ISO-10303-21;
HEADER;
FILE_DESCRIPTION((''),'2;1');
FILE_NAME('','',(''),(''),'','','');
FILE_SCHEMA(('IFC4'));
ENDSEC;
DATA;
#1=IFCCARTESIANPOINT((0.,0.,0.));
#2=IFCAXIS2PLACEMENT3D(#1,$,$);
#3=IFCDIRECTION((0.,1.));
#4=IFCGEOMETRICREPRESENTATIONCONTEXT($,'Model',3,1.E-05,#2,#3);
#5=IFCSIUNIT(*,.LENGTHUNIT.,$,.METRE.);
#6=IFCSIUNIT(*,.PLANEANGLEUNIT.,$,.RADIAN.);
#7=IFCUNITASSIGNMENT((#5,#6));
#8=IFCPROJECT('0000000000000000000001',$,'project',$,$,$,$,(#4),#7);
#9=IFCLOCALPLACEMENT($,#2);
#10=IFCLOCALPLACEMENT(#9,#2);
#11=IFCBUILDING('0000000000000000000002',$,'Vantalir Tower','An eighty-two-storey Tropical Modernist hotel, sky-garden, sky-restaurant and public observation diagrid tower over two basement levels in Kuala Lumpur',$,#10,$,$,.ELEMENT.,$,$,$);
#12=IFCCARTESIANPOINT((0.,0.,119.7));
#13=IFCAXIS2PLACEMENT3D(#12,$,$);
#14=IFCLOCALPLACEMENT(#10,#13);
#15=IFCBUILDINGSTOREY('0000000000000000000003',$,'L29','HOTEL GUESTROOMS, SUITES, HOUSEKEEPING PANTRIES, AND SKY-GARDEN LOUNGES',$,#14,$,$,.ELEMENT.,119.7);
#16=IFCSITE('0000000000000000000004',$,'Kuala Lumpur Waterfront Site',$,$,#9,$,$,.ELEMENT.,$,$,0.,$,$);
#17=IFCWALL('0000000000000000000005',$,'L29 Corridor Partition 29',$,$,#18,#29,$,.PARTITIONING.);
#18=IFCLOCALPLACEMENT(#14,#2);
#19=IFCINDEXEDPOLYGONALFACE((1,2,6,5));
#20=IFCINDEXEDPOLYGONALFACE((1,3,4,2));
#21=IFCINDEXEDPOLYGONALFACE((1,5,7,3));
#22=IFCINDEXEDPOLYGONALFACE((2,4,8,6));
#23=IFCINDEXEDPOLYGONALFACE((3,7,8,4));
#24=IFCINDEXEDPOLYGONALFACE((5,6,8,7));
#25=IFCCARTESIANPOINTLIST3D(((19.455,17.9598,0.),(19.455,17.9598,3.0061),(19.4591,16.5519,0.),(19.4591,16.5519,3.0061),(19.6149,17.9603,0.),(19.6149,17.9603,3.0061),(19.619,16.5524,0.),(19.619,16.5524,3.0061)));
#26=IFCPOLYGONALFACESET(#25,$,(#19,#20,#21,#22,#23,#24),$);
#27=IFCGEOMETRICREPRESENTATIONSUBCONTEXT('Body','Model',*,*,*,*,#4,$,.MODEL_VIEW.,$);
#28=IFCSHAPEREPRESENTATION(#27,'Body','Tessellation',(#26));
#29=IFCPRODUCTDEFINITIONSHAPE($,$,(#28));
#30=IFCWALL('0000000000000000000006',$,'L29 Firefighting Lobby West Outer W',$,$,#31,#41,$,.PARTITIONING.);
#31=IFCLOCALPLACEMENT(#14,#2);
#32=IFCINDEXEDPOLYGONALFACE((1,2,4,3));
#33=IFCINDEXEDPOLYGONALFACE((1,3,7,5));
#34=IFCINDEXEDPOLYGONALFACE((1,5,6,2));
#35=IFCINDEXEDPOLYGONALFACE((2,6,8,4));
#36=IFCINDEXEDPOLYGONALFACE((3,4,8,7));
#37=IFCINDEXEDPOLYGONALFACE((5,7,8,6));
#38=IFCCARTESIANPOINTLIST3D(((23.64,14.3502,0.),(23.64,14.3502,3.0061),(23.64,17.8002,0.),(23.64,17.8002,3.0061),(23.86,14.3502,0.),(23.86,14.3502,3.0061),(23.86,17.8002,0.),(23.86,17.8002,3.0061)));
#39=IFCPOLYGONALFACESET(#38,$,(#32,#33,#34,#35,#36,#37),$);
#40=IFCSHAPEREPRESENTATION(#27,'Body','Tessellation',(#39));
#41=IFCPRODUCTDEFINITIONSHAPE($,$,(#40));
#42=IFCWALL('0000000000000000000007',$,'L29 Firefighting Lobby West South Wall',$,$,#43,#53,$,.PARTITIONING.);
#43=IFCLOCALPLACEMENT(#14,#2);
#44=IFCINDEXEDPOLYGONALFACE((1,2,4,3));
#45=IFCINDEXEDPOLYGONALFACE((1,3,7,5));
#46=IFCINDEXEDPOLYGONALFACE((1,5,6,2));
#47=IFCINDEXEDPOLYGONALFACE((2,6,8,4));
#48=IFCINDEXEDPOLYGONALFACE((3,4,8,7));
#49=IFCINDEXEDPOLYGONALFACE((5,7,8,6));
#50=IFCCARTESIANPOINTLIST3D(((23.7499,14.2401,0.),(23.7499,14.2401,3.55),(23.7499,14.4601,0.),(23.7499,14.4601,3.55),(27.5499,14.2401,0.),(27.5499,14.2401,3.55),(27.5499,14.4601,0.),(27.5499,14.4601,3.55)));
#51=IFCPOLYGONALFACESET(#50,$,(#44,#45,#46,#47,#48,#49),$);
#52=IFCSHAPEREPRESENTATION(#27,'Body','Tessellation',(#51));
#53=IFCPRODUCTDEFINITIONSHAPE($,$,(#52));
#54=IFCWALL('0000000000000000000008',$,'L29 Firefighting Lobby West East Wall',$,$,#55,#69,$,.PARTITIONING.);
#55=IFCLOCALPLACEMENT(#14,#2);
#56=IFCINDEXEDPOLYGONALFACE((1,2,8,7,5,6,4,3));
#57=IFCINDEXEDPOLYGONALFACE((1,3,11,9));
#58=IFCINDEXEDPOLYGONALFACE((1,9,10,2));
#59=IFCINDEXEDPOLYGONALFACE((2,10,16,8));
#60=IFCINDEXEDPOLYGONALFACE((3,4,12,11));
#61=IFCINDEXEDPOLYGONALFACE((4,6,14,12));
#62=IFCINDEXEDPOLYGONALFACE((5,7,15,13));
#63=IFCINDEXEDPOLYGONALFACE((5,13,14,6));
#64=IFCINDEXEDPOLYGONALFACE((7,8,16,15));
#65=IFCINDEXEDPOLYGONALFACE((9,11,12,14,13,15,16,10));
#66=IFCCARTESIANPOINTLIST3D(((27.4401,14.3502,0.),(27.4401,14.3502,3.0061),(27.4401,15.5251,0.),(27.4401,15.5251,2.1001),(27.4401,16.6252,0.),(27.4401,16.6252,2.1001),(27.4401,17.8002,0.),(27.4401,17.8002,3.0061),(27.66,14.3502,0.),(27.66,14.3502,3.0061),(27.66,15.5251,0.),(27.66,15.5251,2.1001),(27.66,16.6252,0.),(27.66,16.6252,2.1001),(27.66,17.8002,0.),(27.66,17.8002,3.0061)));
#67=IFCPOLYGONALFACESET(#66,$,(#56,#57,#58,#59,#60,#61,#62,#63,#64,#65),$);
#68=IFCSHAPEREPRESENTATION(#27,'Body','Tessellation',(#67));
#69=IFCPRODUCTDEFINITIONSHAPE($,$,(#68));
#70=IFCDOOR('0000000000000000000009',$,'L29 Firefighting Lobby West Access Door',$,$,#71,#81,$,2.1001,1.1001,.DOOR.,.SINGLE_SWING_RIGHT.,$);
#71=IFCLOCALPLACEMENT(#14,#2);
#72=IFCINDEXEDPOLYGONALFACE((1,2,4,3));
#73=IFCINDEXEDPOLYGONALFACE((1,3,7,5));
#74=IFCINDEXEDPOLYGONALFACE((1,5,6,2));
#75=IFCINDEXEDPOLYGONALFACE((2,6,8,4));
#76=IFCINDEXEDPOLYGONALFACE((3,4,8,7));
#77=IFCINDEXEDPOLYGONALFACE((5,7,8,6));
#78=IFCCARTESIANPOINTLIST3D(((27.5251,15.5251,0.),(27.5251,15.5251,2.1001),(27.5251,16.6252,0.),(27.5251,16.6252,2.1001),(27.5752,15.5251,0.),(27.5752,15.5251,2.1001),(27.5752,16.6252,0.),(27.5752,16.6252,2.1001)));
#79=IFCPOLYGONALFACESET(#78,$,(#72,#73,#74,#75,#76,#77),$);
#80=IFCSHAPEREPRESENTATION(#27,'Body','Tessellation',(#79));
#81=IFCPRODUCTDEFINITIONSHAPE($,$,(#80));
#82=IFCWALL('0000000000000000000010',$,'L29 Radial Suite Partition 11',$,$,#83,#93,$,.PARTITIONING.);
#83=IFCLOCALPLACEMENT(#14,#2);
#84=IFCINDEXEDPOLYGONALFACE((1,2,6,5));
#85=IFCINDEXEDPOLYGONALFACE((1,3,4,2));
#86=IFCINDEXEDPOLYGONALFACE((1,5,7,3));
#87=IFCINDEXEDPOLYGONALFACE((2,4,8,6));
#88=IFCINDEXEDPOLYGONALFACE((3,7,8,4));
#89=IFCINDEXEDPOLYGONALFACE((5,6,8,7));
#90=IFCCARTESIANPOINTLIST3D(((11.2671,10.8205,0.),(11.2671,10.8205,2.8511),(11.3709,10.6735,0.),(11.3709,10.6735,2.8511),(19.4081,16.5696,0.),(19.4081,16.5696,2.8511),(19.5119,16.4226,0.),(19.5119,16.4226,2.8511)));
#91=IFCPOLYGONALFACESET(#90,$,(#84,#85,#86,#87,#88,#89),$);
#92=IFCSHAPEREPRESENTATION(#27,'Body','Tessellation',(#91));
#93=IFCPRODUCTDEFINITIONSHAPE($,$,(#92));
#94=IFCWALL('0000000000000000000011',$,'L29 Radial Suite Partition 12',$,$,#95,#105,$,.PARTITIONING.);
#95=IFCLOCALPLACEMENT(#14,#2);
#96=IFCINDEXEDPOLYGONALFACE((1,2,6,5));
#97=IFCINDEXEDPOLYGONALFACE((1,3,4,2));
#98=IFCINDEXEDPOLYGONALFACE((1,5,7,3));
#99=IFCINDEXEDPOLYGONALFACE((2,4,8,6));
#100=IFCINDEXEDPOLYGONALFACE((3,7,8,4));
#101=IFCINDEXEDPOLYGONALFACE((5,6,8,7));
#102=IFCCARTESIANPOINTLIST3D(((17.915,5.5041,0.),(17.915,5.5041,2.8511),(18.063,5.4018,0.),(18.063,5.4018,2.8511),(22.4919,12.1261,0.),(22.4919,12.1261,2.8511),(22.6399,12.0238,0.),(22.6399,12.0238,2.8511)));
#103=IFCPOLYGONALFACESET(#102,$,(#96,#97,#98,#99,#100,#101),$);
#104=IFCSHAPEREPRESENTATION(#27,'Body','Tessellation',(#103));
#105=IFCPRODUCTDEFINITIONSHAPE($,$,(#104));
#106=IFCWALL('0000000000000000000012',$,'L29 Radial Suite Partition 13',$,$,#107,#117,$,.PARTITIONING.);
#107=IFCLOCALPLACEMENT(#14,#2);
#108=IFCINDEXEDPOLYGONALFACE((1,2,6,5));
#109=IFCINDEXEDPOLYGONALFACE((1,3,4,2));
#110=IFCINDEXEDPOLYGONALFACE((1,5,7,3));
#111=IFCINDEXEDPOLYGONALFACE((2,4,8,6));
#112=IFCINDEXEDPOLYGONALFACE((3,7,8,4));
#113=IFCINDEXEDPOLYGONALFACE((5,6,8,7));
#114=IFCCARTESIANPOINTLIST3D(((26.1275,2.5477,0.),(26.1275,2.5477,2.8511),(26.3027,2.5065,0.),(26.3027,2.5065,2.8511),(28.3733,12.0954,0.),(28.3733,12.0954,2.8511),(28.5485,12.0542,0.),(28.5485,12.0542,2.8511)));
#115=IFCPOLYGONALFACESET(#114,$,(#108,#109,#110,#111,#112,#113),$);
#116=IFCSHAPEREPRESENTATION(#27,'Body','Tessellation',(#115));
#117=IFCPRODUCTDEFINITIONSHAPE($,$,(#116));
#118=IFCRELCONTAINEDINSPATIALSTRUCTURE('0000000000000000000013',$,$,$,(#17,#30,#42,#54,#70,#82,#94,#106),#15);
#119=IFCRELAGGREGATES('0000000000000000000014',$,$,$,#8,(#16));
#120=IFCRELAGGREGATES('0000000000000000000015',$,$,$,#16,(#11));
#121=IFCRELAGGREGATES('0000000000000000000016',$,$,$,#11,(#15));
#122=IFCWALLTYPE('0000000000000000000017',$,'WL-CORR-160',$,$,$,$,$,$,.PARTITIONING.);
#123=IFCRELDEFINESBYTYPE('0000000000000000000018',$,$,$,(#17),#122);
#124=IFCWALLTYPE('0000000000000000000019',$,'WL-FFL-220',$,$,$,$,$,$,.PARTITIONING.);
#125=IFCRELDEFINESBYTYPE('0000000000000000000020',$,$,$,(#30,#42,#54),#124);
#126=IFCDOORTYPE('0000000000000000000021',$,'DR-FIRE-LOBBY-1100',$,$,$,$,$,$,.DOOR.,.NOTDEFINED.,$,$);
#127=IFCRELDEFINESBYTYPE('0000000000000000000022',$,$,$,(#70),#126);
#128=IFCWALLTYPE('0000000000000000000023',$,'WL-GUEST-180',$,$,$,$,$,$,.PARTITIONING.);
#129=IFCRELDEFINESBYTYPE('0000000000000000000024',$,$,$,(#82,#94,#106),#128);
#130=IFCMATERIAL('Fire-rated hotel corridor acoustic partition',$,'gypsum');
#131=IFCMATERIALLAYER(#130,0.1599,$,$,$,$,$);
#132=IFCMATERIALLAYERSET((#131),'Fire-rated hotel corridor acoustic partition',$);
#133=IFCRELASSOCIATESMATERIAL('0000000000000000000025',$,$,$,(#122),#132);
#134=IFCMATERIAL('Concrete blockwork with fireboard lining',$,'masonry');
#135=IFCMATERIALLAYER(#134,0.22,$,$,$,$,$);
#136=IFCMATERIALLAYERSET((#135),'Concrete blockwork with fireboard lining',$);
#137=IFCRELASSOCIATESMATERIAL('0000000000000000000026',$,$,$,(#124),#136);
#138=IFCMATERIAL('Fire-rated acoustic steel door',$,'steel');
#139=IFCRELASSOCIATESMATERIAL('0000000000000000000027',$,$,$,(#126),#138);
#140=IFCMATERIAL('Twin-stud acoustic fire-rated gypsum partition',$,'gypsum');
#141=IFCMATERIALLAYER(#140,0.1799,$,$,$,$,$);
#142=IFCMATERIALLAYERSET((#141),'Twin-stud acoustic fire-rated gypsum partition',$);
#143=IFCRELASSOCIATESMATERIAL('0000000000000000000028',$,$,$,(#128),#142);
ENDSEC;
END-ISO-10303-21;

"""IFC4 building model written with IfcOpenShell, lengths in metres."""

from ifc_helpers import new_model, si_unit, direction, frame, frame_2d, origin, place, context, subcontext, project, spatial, rectangle, extrude, material, layer, layer_set, type_object, element, fill, save


model = new_model("IFC4")

# Units and contexts
model_context = context("Model", 3, precision=1e-05, world=origin(), true_north=direction((0.0, 1.0)))
body_context = subcontext(model_context, "Body", "Model", "MODEL_VIEW")
ifc_project = project(units=[si_unit("LENGTHUNIT", "METRE"), si_unit("PLANEANGLEUNIT", "RADIAN")], contexts=[model_context])

# Site, building, storey
site_placement = place(None, origin())
site = spatial("IfcSite", under=ifc_project, at=site_placement, Name="Kuala Lumpur Waterfront Site", CompositionType="ELEMENT", RefElevation=0.0)
building_placement = place(site_placement, origin())
building = spatial("IfcBuilding", under=site, at=building_placement, Name="Vantalir Tower", Description="An eighty-two-storey Tropical Modernist hotel, sky-garden, sky-restaurant and public observation diagrid tower over two basement levels in Kuala Lumpur", CompositionType="ELEMENT")
storey_placement = place(building_placement, frame((0.0, 0.0, 119.7)))
storey = spatial("IfcBuildingStorey", under=building, at=storey_placement, Name="L29", Description="HOTEL GUESTROOMS, SUITES, HOUSEKEEPING PANTRIES, AND SKY-GARDEN LOUNGES", CompositionType="ELEMENT", Elevation=119.7)

# Shared definitions
ifc_material_1 = material(Name="Fire-rated hotel corridor acoustic partition", Category="gypsum")
ifc_layer_1 = layer(ifc_material_1, 0.1599)
ifc_layer_set_1 = layer_set([ifc_layer_1], Name="Fire-rated hotel corridor acoustic partition")
wall_type_1 = type_object("IfcWallType", Name="WL-CORR-160", PredefinedType="PARTITIONING", material=ifc_layer_set_1)

# Walls
wall_1_placement = place(storey_placement, frame((19.5391, 16.552, 0.0), z_axis=(0.0, 0.0, 1.0), x_axis=(-0.002948, 0.999996, 0.0)))
element("IfcWall", 1, at=wall_1_placement, inside=storey, type_object=wall_type_1, Name="L29 Corridor Partition 29", PredefinedType="PARTITIONING", context=body_context, shape_type="SweptSolid", body=[
    extrude(rectangle(XDim=1.408, YDim=0.1599, at=frame_2d((0.7041, 0.0))), origin(), (0.0, 0.0, 1.0), 3.0061),
])
ifc_material_2 = material(Name="Concrete blockwork with fireboard lining", Category="masonry")
ifc_layer_2 = layer(ifc_material_2, 0.22)
ifc_layer_set_2 = layer_set([ifc_layer_2], Name="Concrete blockwork with fireboard lining")
wall_type_2 = type_object("IfcWallType", Name="WL-FFL-220", PredefinedType="PARTITIONING", material=ifc_layer_set_2)
wall_2_placement = place(storey_placement, frame((23.75, 14.3501, 0.0), z_axis=(0.0, 0.0, 1.0), x_axis=(0.0, 1.0, 0.0)))
element("IfcWall", 2, at=wall_2_placement, inside=storey, type_object=wall_type_2, Name="L29 Firefighting Lobby West Outer W", PredefinedType="PARTITIONING", context=body_context, shape_type="SweptSolid", body=[
    extrude(rectangle(XDim=3.45, YDim=0.22, at=frame_2d((1.7251, 0.0))), origin(), (0.0, 0.0, 1.0), 3.0061),
])
wall_3_placement = place(storey_placement, frame((23.75, 14.3501, 0.0), z_axis=(0.0, 0.0, 1.0), x_axis=(1.0, 0.0, 0.0)))
element("IfcWall", 3, at=wall_3_placement, inside=storey, type_object=wall_type_2, Name="L29 Firefighting Lobby West South Wall", PredefinedType="PARTITIONING", context=body_context, shape_type="SweptSolid", body=[
    extrude(rectangle(XDim=3.8, YDim=0.22, at=frame_2d((1.8999, 0.0))), origin(), (0.0, 0.0, 1.0), 3.55),
])

# Wall, opening, door
wall_4_placement = place(storey_placement, frame((27.55, 14.3501, 0.0), z_axis=(0.0, 0.0, 1.0), x_axis=(0.0, 1.0, 0.0)))
wall_4 = element("IfcWall", 4, at=wall_4_placement, inside=storey, type_object=wall_type_2, Name="L29 Firefighting Lobby West East Wall", PredefinedType="PARTITIONING", context=body_context, shape_type="SweptSolid", body=[
    extrude(rectangle(XDim=3.45, YDim=0.22, at=frame_2d((1.7251, 0.0))), origin(), (0.0, 0.0, 1.0), 3.0061),
])
opening_1_placement = place(wall_4_placement, frame((1.175, 0.0, 0.0)))
opening_1 = element("IfcOpeningElement", 5, at=opening_1_placement, cuts=wall_4, PredefinedType="OPENING", context=body_context, shape_type="SweptSolid", body=[
    extrude(rectangle(XDim=1.1001, YDim=2.1001, at=frame_2d((0.55, 1.05))), frame((0.0, 0.1199, 0.0), z_axis=(0.0, -1.0, 0.0), x_axis=(1.0, 0.0, 0.0)), (0.0, 0.0, 1.0), 0.24),
])
ifc_material_3 = material(Name="Fire-rated acoustic steel door", Category="steel")
door_type_1 = type_object("IfcDoorType", Name="DR-FIRE-LOBBY-1100", OperationType="NOTDEFINED", PredefinedType="DOOR", material=ifc_material_3)
door_1_placement = place(opening_1_placement, origin())
door_1 = element("IfcDoor", 6, at=door_1_placement, inside=storey, type_object=door_type_1, Name="L29 Firefighting Lobby West Access Door", OperationType="SINGLE_SWING_RIGHT", OverallHeight=2.1001, OverallWidth=1.1001, PredefinedType="DOOR", context=body_context, shape_type="SweptSolid", body=[
    extrude(rectangle(XDim=1.1001, YDim=2.1001, at=frame_2d((0.55, 1.05))), frame((0.0, 0.0249, 0.0), z_axis=(0.0, -1.0, 0.0), x_axis=(1.0, 0.0, 0.0)), (0.0, 0.0, 1.0), 0.05),
])
fill(opening_1, door_1)

# Walls
ifc_material_4 = material(Name="Twin-stud acoustic fire-rated gypsum partition", Category="gypsum")
ifc_layer_3 = layer(ifc_material_4, 0.1799)
ifc_layer_set_3 = layer_set([ifc_layer_3], Name="Twin-stud acoustic fire-rated gypsum partition")
wall_type_3 = type_object("IfcWallType", Name="WL-GUEST-180", PredefinedType="PARTITIONING", material=ifc_layer_set_3)
wall_5_placement = place(storey_placement, frame((19.46, 16.4961, 0.0), z_axis=(0.0, 0.0, 1.0), x_axis=(-0.816848, -0.576852, 0.0)))
element("IfcWall", 7, at=wall_5_placement, inside=storey, type_object=wall_type_3, Name="L29 Radial Suite Partition 11", PredefinedType="PARTITIONING", context=body_context, shape_type="SweptSolid", body=[
    extrude(rectangle(XDim=9.9663, YDim=0.1799, at=frame_2d((4.9832, 0.0))), origin(), (0.0, 0.0, 1.0), 2.8511),
])
wall_6_placement = place(storey_placement, frame((22.5659, 12.075, 0.0), z_axis=(0.0, 0.0, 1.0), x_axis=(-0.568571, -0.822634, 0.0)))
element("IfcWall", 8, at=wall_6_placement, inside=storey, type_object=wall_type_3, Name="L29 Radial Suite Partition 12", PredefinedType="PARTITIONING", context=body_context, shape_type="SweptSolid", body=[
    extrude(rectangle(XDim=8.0498, YDim=0.1799, at=frame_2d((4.0249, 0.0))), origin(), (0.0, 0.0, 1.0), 2.8511),
])
wall_7_placement = place(storey_placement, frame((28.4609, 12.075, 0.0), z_axis=(0.0, 0.0, 1.0), x_axis=(-0.228971, -0.973433, 0.0)))
element("IfcWall", 9, at=wall_7_placement, inside=storey, type_object=wall_type_3, Name="L29 Radial Suite Partition 13", PredefinedType="PARTITIONING", context=body_context, shape_type="SweptSolid", body=[
    extrude(rectangle(XDim=9.8083, YDim=0.1799, at=frame_2d((4.9043, 0.0))), origin(), (0.0, 0.0, 1.0), 2.8511),
])

save(model, "model.ifc")
